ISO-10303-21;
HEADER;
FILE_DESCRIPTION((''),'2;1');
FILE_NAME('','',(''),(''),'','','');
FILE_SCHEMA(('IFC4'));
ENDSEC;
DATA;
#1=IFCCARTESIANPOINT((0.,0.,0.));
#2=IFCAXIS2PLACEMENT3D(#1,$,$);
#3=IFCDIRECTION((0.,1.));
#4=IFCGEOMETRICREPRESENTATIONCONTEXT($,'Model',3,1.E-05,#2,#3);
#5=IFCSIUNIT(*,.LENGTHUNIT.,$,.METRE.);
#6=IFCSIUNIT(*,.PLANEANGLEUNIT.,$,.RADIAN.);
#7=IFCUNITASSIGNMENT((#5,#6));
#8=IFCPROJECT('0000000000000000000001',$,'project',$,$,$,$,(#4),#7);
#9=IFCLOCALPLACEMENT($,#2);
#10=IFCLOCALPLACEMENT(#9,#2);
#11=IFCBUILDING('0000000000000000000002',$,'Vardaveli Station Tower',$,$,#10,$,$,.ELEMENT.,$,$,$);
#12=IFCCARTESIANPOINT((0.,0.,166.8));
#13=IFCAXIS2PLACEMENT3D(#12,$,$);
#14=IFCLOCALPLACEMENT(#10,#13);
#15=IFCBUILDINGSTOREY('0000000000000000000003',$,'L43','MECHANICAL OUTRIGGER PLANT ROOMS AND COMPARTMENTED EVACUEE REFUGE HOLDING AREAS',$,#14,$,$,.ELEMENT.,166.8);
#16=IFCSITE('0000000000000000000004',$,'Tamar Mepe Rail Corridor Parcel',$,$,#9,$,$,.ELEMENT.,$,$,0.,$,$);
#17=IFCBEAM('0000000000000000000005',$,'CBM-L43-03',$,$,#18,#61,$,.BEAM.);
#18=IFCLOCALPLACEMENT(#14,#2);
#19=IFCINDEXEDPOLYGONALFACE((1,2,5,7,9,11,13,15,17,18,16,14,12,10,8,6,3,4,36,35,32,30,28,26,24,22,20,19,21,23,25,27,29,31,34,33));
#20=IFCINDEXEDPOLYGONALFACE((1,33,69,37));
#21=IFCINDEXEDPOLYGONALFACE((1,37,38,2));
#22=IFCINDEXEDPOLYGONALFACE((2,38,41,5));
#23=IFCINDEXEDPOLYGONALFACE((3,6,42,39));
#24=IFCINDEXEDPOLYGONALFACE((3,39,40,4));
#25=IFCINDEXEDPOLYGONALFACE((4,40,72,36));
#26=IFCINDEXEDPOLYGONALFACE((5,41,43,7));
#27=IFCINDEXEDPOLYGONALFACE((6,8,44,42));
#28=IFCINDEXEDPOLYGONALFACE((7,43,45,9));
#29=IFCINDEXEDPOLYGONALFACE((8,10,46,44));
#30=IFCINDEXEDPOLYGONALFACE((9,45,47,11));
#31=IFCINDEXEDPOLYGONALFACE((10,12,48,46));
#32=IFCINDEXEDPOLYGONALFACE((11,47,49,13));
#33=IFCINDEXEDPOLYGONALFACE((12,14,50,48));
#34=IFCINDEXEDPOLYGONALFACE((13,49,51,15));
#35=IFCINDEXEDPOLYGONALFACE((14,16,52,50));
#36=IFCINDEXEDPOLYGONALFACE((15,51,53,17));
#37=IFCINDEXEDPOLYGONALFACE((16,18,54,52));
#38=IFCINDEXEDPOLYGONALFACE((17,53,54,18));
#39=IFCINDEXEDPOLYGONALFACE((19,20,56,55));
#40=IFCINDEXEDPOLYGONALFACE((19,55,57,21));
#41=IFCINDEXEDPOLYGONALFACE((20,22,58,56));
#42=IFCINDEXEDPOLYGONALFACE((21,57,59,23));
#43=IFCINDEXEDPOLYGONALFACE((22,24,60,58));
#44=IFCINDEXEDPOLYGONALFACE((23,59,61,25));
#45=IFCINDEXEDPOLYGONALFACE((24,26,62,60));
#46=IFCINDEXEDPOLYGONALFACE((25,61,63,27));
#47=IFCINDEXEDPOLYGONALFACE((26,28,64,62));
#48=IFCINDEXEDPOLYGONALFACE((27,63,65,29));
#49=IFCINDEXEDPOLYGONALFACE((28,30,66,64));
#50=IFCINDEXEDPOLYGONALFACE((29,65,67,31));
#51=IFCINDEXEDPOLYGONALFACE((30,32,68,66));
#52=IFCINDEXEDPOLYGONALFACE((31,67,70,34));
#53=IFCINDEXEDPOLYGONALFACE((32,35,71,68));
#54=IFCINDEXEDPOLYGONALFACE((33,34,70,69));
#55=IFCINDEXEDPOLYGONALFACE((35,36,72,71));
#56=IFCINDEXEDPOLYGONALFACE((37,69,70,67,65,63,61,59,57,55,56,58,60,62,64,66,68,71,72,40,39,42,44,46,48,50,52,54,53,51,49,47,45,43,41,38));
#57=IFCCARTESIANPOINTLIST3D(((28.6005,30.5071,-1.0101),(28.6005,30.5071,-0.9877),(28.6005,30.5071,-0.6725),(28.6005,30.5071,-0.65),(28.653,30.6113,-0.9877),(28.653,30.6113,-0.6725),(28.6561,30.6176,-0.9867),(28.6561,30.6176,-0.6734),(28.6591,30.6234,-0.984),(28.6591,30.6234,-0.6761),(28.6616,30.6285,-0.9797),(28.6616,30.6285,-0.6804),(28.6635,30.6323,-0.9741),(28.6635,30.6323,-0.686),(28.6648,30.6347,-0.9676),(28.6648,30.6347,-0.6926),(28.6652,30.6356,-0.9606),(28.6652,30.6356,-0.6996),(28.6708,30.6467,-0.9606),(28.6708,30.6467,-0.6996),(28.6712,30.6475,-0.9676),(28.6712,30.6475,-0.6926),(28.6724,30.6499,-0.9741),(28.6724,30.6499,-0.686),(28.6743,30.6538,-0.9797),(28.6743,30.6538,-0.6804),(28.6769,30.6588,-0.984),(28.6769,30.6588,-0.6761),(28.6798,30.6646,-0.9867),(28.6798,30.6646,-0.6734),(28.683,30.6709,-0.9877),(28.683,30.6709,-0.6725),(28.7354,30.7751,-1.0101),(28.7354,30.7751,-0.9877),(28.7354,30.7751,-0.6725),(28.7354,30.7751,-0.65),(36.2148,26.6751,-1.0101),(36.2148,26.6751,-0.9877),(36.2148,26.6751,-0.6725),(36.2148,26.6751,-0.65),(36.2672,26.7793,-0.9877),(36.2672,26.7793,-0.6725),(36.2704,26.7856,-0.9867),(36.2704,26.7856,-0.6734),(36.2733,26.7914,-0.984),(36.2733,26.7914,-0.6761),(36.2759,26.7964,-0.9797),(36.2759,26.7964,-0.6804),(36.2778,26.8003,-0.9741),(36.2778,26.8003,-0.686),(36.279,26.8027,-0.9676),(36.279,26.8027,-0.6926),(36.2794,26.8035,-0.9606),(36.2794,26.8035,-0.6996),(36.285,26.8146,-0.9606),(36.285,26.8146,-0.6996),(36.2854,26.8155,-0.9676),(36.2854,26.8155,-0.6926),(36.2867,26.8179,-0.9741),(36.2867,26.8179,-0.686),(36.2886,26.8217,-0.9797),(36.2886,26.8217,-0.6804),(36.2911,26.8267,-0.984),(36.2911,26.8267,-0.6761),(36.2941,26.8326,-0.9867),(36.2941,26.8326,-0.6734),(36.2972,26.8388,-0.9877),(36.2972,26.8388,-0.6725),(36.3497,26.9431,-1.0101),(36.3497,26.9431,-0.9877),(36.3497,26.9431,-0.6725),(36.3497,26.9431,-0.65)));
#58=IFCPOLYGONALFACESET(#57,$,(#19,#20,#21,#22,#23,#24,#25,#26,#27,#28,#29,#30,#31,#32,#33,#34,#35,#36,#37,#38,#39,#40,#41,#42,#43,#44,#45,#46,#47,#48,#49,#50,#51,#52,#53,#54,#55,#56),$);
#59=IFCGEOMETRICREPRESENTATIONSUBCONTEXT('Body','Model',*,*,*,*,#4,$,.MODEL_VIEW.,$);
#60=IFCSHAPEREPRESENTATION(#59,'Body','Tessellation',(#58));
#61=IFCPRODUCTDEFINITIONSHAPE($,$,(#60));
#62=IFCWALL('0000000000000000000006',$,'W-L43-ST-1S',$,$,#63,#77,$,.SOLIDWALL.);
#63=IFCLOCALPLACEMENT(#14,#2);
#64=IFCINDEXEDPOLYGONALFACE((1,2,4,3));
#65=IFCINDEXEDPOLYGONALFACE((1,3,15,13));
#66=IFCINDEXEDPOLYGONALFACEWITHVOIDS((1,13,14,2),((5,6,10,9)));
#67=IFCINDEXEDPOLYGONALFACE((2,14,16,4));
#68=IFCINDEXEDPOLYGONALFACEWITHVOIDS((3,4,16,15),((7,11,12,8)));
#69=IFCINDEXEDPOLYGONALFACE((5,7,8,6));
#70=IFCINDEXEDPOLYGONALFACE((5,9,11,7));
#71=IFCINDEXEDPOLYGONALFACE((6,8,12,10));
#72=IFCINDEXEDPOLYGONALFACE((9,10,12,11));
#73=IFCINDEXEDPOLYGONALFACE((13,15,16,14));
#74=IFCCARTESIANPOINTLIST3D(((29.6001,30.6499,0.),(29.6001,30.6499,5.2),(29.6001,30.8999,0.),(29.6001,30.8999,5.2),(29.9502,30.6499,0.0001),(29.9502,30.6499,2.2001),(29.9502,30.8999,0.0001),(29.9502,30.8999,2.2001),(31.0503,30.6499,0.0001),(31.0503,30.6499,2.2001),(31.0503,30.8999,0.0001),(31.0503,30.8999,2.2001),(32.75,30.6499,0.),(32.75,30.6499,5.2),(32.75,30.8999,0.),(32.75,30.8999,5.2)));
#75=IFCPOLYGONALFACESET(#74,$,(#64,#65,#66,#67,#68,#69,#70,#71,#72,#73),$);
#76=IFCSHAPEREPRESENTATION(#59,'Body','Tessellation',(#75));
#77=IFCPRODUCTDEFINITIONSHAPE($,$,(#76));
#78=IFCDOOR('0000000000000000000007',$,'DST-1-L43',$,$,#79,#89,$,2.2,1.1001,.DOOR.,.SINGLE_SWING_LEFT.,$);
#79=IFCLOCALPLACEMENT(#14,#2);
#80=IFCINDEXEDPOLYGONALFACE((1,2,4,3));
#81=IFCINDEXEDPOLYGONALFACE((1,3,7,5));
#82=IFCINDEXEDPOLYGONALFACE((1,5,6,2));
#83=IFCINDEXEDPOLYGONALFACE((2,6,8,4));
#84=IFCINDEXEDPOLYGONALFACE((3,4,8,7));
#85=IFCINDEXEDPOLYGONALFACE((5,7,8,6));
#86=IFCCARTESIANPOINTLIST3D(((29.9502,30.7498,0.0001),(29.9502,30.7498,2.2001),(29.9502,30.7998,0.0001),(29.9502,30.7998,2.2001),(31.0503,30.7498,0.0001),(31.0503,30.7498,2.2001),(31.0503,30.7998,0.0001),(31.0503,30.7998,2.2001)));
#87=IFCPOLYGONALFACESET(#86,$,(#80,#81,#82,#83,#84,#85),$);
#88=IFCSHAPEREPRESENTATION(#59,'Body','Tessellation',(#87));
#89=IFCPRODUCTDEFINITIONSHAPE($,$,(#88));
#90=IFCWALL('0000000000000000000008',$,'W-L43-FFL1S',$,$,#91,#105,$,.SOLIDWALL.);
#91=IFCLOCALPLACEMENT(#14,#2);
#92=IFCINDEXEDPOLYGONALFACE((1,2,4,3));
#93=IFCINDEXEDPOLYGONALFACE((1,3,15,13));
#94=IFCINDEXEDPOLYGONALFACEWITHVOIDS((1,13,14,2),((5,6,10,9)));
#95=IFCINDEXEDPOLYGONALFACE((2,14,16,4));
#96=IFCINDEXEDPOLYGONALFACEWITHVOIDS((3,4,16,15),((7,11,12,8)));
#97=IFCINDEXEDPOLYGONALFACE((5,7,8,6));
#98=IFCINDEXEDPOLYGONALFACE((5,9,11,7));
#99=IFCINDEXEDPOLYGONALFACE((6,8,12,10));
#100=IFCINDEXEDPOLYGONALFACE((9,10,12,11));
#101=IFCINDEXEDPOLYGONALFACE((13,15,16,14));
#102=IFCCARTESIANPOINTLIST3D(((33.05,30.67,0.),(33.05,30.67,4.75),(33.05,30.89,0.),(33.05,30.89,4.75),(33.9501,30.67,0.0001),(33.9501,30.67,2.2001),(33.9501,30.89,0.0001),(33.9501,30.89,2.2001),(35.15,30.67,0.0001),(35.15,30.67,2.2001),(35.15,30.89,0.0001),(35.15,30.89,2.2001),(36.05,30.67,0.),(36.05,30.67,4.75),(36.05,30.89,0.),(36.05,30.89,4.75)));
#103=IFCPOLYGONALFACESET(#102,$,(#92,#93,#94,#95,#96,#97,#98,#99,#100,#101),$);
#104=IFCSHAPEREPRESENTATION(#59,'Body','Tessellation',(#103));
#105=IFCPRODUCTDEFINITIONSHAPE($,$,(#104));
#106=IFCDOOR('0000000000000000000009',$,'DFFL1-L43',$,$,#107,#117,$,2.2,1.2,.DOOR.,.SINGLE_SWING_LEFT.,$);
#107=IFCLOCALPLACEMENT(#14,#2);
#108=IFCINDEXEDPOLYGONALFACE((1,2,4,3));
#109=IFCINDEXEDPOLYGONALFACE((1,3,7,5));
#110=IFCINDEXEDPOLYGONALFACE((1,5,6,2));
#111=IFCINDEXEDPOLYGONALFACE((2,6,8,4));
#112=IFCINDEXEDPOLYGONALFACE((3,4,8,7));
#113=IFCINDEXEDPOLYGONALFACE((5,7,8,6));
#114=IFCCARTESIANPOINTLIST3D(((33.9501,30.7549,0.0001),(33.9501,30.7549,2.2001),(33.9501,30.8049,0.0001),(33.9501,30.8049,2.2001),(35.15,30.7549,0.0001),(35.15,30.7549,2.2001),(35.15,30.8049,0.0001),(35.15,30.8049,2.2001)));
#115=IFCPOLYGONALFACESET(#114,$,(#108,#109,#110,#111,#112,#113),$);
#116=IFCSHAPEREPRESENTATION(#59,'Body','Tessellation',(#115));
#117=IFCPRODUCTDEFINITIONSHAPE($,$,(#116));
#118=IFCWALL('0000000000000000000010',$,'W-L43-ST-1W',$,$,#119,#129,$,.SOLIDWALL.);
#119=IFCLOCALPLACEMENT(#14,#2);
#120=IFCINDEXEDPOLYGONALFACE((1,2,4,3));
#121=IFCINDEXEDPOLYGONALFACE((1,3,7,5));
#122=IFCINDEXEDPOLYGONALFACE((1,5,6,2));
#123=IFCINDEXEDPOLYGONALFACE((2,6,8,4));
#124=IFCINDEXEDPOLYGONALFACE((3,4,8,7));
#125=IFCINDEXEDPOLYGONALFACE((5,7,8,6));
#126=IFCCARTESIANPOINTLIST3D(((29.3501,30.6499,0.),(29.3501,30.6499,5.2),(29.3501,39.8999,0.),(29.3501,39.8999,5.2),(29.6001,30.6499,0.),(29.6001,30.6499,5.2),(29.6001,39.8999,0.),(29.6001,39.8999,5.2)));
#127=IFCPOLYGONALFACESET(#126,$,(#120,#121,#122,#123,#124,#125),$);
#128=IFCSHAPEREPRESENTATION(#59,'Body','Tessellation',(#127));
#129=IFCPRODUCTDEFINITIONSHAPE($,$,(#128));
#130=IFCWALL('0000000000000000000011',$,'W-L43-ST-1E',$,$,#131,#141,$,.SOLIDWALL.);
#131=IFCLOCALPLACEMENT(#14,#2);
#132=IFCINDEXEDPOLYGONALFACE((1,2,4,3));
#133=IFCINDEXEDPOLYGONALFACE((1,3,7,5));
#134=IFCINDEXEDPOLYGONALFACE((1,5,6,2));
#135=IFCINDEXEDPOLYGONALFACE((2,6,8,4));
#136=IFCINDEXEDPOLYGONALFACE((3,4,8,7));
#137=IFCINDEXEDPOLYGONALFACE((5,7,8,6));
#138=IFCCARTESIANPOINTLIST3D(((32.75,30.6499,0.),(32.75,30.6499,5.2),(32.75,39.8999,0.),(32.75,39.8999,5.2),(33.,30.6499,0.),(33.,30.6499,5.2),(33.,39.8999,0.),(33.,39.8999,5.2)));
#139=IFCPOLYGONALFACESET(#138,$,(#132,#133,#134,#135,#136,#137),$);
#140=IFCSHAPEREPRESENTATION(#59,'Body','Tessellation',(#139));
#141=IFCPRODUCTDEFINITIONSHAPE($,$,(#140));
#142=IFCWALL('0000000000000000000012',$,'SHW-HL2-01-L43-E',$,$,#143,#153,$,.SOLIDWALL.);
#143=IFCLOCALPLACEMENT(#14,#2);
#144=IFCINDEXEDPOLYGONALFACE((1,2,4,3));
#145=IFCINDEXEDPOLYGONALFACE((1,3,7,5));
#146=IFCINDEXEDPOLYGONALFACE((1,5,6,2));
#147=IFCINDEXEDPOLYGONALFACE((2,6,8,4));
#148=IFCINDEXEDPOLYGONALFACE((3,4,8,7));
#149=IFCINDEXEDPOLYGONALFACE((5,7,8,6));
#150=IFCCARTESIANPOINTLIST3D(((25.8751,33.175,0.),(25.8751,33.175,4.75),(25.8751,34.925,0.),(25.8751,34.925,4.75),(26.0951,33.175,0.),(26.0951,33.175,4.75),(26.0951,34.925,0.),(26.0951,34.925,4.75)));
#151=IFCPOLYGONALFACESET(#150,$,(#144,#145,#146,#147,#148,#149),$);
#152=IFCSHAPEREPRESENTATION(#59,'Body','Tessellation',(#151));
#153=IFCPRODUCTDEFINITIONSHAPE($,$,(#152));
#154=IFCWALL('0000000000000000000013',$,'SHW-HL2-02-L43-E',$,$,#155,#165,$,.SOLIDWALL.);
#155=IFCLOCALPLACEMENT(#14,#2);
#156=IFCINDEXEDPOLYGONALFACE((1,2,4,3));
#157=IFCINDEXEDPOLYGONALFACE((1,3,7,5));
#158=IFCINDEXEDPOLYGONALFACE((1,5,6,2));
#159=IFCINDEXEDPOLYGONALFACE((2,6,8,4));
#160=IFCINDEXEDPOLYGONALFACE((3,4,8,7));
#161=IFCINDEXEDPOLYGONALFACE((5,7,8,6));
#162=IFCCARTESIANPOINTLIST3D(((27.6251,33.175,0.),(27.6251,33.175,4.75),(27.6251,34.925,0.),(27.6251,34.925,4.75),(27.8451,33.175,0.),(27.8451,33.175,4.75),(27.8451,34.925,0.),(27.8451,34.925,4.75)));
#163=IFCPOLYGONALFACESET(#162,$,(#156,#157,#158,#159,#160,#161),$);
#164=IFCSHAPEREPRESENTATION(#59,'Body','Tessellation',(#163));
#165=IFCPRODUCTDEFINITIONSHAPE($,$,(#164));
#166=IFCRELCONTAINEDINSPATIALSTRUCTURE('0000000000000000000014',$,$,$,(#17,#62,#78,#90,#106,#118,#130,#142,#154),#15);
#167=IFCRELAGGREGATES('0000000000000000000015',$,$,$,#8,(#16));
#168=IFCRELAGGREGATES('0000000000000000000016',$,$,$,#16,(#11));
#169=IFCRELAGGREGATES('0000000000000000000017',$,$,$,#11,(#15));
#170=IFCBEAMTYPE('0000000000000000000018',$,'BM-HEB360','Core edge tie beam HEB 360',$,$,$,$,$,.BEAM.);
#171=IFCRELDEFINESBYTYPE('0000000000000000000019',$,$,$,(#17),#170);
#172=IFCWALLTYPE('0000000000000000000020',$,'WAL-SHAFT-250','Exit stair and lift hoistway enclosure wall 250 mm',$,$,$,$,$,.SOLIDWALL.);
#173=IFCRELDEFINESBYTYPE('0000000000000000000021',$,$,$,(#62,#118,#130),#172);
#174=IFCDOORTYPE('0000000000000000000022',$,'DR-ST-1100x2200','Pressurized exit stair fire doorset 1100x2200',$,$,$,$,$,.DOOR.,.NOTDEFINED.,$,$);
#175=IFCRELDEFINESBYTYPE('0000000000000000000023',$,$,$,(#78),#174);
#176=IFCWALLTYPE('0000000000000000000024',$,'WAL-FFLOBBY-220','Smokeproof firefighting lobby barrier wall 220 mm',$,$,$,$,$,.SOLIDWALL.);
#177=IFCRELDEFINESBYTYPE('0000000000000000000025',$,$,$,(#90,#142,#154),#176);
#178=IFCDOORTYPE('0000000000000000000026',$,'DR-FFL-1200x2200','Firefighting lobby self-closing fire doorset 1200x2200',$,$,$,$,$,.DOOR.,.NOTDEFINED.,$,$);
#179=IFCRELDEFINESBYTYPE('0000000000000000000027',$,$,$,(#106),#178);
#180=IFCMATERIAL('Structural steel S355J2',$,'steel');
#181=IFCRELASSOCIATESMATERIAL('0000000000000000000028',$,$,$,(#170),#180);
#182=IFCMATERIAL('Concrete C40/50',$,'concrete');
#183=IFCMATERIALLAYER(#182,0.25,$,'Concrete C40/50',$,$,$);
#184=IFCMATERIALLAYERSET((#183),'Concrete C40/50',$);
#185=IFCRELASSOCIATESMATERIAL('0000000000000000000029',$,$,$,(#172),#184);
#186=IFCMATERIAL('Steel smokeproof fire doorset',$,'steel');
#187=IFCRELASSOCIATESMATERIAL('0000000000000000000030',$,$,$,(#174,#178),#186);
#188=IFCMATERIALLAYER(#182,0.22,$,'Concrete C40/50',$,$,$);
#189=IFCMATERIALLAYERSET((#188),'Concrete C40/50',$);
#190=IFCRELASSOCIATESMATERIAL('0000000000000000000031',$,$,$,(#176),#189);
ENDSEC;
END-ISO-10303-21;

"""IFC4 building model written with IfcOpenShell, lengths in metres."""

from ifc_helpers import new_model, si_unit, direction, frame, frame_2d, origin, origin_2d, place, context, subcontext, project, spatial, rectangle, i_section, extrude, source, transform, mapped, material, layer, layer_set, material_profile, profile_set, type_object, element, fill, save


model = new_model("IFC4")

# Units and contexts
model_context = context("Model", 3, precision=1e-05, world=origin(), true_north=direction((0.0, 1.0)))
body_context = subcontext(model_context, "Body", "Model", "MODEL_VIEW")
ifc_project = project(units=[si_unit("LENGTHUNIT", "METRE"), si_unit("PLANEANGLEUNIT", "RADIAN")], contexts=[model_context])

# Site, building, storey
site_placement = place(None, origin())
site = spatial("IfcSite", under=ifc_project, at=site_placement, Name="Tamar Mepe Rail Corridor Parcel", CompositionType="ELEMENT", RefElevation=0.0)
building_placement = place(site_placement, origin())
building = spatial("IfcBuilding", under=site, at=building_placement, Name="Vardaveli Station Tower", CompositionType="ELEMENT")
storey_placement = place(building_placement, frame((0.0, 0.0, 166.8)))
storey = spatial("IfcBuildingStorey", under=building, at=storey_placement, Name="L43", Description="MECHANICAL OUTRIGGER PLANT ROOMS AND COMPARTMENTED EVACUEE REFUGE HOLDING AREAS", CompositionType="ELEMENT", Elevation=166.8)

# Beam
ifc_material_1 = material(Name="Structural steel S355J2", Category="steel")
ifc_material_profile_1 = material_profile(ifc_material_1, i_section(OverallWidth=0.3, OverallDepth=0.3601, WebThickness=0.0125, FlangeThickness=0.0225, FilletRadius=0.0271, at=origin_2d()), Name="HEB 360")
ifc_profile_set_1 = profile_set([ifc_material_profile_1], Name="Structural steel S355J2")
beam_type_1 = type_object("IfcBeamType", Name="BM-HEB360", Description="Core edge tie beam HEB 360", PredefinedType="BEAM", material=ifc_profile_set_1)
shared_shape_1 = source(origin(), body_context, "Body", "SweptSolid", [
    extrude(i_section(OverallWidth=0.3, OverallDepth=0.3601, WebThickness=0.0125, FlangeThickness=0.0225, FilletRadius=0.0271, at=origin_2d()), origin(), (0.0, 0.0, 1.0), 8.5242),
])
beam_1_placement = place(storey_placement, frame((28.668, 30.6411, -0.8301), z_axis=(0.893256, -0.449549, 0.0), x_axis=(0.449549, 0.893256, 0.0)))
element("IfcBeam", 1, at=beam_1_placement, inside=storey, type_object=beam_type_1, Name="CBM-L43-03", PredefinedType="BEAM", context=body_context, shape_type="MappedRepresentation", body=[
    mapped(shared_shape_1, transform((0.0, 0.0, 0.0), scale=1.0)),
])

# Walls, openings, doors
ifc_material_2 = material(Name="Concrete C40/50", Category="concrete")
ifc_layer_1 = layer(ifc_material_2, 0.25, Name="Concrete C40/50")
ifc_layer_set_1 = layer_set([ifc_layer_1], Name="Concrete C40/50")
wall_type_1 = type_object("IfcWallType", Name="WAL-SHAFT-250", Description="Exit stair and lift hoistway enclosure wall 250 mm", PredefinedType="SOLIDWALL", material=ifc_layer_set_1)
shared_shape_2 = source(origin(), body_context, "Body", "SweptSolid", [
    extrude(rectangle(XDim=3.1499, YDim=0.25, at=frame_2d((1.575, 0.0))), origin(), (0.0, 0.0, 1.0), 5.2),
])
wall_1_placement = place(storey_placement, frame((29.6001, 30.7749, 0.0), z_axis=(0.0, 0.0, 1.0), x_axis=(1.0, 0.0, 0.0)))
wall_1 = element("IfcWall", 2, at=wall_1_placement, inside=storey, type_object=wall_type_1, Name="W-L43-ST-1S", PredefinedType="SOLIDWALL", context=body_context, shape_type="MappedRepresentation", body=[
    mapped(shared_shape_2, transform((0.0, 0.0, 0.0), scale=1.0)),
])
shared_shape_3 = source(origin(), body_context, "Body", "SweptSolid", [
    extrude(rectangle(XDim=1.1001, YDim=2.2, at=frame_2d((0.55, 1.1001))), frame((0.0, 0.135, 0.0), z_axis=(0.0, -1.0, 0.0), x_axis=(1.0, 0.0, 0.0)), (0.0, 0.0, 1.0), 0.27),
])
opening_1_placement = place(wall_1_placement, frame((0.3501, 0.0, 0.0)))
opening_1 = element("IfcOpeningElement", 3, at=opening_1_placement, cuts=wall_1, PredefinedType="OPENING", context=body_context, shape_type="MappedRepresentation", body=[
    mapped(shared_shape_3, transform((0.0, 0.0, 0.0), scale=1.0)),
])
ifc_material_3 = material(Name="Steel smokeproof fire doorset", Category="steel")
door_type_1 = type_object("IfcDoorType", Name="DR-ST-1100x2200", Description="Pressurized exit stair fire doorset 1100x2200", OperationType="NOTDEFINED", PredefinedType="DOOR", material=ifc_material_3)
shared_shape_4 = source(origin(), body_context, "Body", "SweptSolid", [
    extrude(rectangle(XDim=1.1001, YDim=2.2, at=frame_2d((0.55, 1.1001))), frame((0.0, 0.0249, 0.0), z_axis=(0.0, -1.0, 0.0), x_axis=(1.0, 0.0, 0.0)), (0.0, 0.0, 1.0), 0.05),
])
door_1_placement = place(opening_1_placement, origin())
door_1 = element("IfcDoor", 4, at=door_1_placement, inside=storey, type_object=door_type_1, Name="DST-1-L43", OperationType="SINGLE_SWING_LEFT", OverallHeight=2.2, OverallWidth=1.1001, PredefinedType="DOOR", context=body_context, shape_type="MappedRepresentation", body=[
    mapped(shared_shape_4, transform((0.0, 0.0, 0.0), scale=1.0)),
])
fill(opening_1, door_1)
ifc_layer_2 = layer(ifc_material_2, 0.22, Name="Concrete C40/50")
ifc_layer_set_2 = layer_set([ifc_layer_2], Name="Concrete C40/50")
wall_type_2 = type_object("IfcWallType", Name="WAL-FFLOBBY-220", Description="Smokeproof firefighting lobby barrier wall 220 mm", PredefinedType="SOLIDWALL", material=ifc_layer_set_2)
shared_shape_5 = source(origin(), body_context, "Body", "SweptSolid", [
    extrude(rectangle(XDim=3.0, YDim=0.22, at=frame_2d((1.5, 0.0))), origin(), (0.0, 0.0, 1.0), 4.75),
])
wall_2_placement = place(storey_placement, frame((33.05, 30.78, 0.0), z_axis=(0.0, 0.0, 1.0), x_axis=(1.0, 0.0, 0.0)))
wall_2 = element("IfcWall", 5, at=wall_2_placement, inside=storey, type_object=wall_type_2, Name="W-L43-FFL1S", PredefinedType="SOLIDWALL", context=body_context, shape_type="MappedRepresentation", body=[
    mapped(shared_shape_5, transform((0.0, 0.0, 0.0), scale=1.0)),
])
shared_shape_6 = source(origin(), body_context, "Body", "SweptSolid", [
    extrude(rectangle(XDim=1.2, YDim=2.2, at=frame_2d((0.6001, 1.1001))), frame((0.0, 0.1201, 0.0), z_axis=(0.0, -1.0, 0.0), x_axis=(1.0, 0.0, 0.0)), (0.0, 0.0, 1.0), 0.24),
])
opening_2_placement = place(wall_2_placement, frame((0.8999, 0.0, 0.0)))
opening_2 = element("IfcOpeningElement", 6, at=opening_2_placement, cuts=wall_2, PredefinedType="OPENING", context=body_context, shape_type="MappedRepresentation", body=[
    mapped(shared_shape_6, transform((0.0, 0.0, 0.0), scale=1.0)),
])
door_type_2 = type_object("IfcDoorType", Name="DR-FFL-1200x2200", Description="Firefighting lobby self-closing fire doorset 1200x2200", OperationType="NOTDEFINED", PredefinedType="DOOR", material=ifc_material_3)
shared_shape_7 = source(origin(), body_context, "Body", "SweptSolid", [
    extrude(rectangle(XDim=1.2, YDim=2.2, at=frame_2d((0.6001, 1.1001))), frame((0.0, 0.0249, 0.0), z_axis=(0.0, -1.0, 0.0), x_axis=(1.0, 0.0, 0.0)), (0.0, 0.0, 1.0), 0.05),
])
door_2_placement = place(opening_2_placement, origin())
door_2 = element("IfcDoor", 7, at=door_2_placement, inside=storey, type_object=door_type_2, Name="DFFL1-L43", OperationType="SINGLE_SWING_LEFT", OverallHeight=2.2, OverallWidth=1.2, PredefinedType="DOOR", context=body_context, shape_type="MappedRepresentation", body=[
    mapped(shared_shape_7, transform((0.0, 0.0, 0.0), scale=1.0)),
])
fill(opening_2, door_2)

# Walls
shared_shape_8 = source(origin(), body_context, "Body", "SweptSolid", [
    extrude(rectangle(XDim=9.25, YDim=0.25, at=frame_2d((4.625, 0.0))), origin(), (0.0, 0.0, 1.0), 5.2),
])
for number, where, z_axis, x_axis, name in (
    (8, (29.4751, 30.6499, 0.0), (0.0, 0.0, 1.0), (0.0, 1.0, 0.0), "W-L43-ST-1W"),
    (9, (32.875, 30.6499, 0.0), (0.0, 0.0, 1.0), (0.0, 1.0, 0.0), "W-L43-ST-1E"),
):
    element("IfcWall", number, at=place(storey_placement, frame(where, z_axis=z_axis, x_axis=x_axis)), inside=storey, type_object=wall_type_1, Name=name, PredefinedType="SOLIDWALL", context=body_context, shape_type="MappedRepresentation", body=[
        mapped(shared_shape_8, transform((0.0, 0.0, 0.0), scale=1.0)),
    ])
shared_shape_9 = source(origin(), body_context, "Body", "SweptSolid", [
    extrude(rectangle(XDim=1.75, YDim=0.22, at=frame_2d((0.875, 0.0))), origin(), (0.0, 0.0, 1.0), 4.75),
])
for number, where, z_axis, x_axis, name in (
    (10, (25.9851, 33.175, 0.0), (0.0, 0.0, 1.0), (0.0, 1.0, 0.0), "SHW-HL2-01-L43-E"),
    (11, (27.7351, 33.175, 0.0), (0.0, 0.0, 1.0), (0.0, 1.0, 0.0), "SHW-HL2-02-L43-E"),
):
    element("IfcWall", number, at=place(storey_placement, frame(where, z_axis=z_axis, x_axis=x_axis)), inside=storey, type_object=wall_type_2, Name=name, PredefinedType="SOLIDWALL", context=body_context, shape_type="MappedRepresentation", body=[
        mapped(shared_shape_9, transform((0.0, 0.0, 0.0), scale=1.0)),
    ])

save(model, "model.ifc")
